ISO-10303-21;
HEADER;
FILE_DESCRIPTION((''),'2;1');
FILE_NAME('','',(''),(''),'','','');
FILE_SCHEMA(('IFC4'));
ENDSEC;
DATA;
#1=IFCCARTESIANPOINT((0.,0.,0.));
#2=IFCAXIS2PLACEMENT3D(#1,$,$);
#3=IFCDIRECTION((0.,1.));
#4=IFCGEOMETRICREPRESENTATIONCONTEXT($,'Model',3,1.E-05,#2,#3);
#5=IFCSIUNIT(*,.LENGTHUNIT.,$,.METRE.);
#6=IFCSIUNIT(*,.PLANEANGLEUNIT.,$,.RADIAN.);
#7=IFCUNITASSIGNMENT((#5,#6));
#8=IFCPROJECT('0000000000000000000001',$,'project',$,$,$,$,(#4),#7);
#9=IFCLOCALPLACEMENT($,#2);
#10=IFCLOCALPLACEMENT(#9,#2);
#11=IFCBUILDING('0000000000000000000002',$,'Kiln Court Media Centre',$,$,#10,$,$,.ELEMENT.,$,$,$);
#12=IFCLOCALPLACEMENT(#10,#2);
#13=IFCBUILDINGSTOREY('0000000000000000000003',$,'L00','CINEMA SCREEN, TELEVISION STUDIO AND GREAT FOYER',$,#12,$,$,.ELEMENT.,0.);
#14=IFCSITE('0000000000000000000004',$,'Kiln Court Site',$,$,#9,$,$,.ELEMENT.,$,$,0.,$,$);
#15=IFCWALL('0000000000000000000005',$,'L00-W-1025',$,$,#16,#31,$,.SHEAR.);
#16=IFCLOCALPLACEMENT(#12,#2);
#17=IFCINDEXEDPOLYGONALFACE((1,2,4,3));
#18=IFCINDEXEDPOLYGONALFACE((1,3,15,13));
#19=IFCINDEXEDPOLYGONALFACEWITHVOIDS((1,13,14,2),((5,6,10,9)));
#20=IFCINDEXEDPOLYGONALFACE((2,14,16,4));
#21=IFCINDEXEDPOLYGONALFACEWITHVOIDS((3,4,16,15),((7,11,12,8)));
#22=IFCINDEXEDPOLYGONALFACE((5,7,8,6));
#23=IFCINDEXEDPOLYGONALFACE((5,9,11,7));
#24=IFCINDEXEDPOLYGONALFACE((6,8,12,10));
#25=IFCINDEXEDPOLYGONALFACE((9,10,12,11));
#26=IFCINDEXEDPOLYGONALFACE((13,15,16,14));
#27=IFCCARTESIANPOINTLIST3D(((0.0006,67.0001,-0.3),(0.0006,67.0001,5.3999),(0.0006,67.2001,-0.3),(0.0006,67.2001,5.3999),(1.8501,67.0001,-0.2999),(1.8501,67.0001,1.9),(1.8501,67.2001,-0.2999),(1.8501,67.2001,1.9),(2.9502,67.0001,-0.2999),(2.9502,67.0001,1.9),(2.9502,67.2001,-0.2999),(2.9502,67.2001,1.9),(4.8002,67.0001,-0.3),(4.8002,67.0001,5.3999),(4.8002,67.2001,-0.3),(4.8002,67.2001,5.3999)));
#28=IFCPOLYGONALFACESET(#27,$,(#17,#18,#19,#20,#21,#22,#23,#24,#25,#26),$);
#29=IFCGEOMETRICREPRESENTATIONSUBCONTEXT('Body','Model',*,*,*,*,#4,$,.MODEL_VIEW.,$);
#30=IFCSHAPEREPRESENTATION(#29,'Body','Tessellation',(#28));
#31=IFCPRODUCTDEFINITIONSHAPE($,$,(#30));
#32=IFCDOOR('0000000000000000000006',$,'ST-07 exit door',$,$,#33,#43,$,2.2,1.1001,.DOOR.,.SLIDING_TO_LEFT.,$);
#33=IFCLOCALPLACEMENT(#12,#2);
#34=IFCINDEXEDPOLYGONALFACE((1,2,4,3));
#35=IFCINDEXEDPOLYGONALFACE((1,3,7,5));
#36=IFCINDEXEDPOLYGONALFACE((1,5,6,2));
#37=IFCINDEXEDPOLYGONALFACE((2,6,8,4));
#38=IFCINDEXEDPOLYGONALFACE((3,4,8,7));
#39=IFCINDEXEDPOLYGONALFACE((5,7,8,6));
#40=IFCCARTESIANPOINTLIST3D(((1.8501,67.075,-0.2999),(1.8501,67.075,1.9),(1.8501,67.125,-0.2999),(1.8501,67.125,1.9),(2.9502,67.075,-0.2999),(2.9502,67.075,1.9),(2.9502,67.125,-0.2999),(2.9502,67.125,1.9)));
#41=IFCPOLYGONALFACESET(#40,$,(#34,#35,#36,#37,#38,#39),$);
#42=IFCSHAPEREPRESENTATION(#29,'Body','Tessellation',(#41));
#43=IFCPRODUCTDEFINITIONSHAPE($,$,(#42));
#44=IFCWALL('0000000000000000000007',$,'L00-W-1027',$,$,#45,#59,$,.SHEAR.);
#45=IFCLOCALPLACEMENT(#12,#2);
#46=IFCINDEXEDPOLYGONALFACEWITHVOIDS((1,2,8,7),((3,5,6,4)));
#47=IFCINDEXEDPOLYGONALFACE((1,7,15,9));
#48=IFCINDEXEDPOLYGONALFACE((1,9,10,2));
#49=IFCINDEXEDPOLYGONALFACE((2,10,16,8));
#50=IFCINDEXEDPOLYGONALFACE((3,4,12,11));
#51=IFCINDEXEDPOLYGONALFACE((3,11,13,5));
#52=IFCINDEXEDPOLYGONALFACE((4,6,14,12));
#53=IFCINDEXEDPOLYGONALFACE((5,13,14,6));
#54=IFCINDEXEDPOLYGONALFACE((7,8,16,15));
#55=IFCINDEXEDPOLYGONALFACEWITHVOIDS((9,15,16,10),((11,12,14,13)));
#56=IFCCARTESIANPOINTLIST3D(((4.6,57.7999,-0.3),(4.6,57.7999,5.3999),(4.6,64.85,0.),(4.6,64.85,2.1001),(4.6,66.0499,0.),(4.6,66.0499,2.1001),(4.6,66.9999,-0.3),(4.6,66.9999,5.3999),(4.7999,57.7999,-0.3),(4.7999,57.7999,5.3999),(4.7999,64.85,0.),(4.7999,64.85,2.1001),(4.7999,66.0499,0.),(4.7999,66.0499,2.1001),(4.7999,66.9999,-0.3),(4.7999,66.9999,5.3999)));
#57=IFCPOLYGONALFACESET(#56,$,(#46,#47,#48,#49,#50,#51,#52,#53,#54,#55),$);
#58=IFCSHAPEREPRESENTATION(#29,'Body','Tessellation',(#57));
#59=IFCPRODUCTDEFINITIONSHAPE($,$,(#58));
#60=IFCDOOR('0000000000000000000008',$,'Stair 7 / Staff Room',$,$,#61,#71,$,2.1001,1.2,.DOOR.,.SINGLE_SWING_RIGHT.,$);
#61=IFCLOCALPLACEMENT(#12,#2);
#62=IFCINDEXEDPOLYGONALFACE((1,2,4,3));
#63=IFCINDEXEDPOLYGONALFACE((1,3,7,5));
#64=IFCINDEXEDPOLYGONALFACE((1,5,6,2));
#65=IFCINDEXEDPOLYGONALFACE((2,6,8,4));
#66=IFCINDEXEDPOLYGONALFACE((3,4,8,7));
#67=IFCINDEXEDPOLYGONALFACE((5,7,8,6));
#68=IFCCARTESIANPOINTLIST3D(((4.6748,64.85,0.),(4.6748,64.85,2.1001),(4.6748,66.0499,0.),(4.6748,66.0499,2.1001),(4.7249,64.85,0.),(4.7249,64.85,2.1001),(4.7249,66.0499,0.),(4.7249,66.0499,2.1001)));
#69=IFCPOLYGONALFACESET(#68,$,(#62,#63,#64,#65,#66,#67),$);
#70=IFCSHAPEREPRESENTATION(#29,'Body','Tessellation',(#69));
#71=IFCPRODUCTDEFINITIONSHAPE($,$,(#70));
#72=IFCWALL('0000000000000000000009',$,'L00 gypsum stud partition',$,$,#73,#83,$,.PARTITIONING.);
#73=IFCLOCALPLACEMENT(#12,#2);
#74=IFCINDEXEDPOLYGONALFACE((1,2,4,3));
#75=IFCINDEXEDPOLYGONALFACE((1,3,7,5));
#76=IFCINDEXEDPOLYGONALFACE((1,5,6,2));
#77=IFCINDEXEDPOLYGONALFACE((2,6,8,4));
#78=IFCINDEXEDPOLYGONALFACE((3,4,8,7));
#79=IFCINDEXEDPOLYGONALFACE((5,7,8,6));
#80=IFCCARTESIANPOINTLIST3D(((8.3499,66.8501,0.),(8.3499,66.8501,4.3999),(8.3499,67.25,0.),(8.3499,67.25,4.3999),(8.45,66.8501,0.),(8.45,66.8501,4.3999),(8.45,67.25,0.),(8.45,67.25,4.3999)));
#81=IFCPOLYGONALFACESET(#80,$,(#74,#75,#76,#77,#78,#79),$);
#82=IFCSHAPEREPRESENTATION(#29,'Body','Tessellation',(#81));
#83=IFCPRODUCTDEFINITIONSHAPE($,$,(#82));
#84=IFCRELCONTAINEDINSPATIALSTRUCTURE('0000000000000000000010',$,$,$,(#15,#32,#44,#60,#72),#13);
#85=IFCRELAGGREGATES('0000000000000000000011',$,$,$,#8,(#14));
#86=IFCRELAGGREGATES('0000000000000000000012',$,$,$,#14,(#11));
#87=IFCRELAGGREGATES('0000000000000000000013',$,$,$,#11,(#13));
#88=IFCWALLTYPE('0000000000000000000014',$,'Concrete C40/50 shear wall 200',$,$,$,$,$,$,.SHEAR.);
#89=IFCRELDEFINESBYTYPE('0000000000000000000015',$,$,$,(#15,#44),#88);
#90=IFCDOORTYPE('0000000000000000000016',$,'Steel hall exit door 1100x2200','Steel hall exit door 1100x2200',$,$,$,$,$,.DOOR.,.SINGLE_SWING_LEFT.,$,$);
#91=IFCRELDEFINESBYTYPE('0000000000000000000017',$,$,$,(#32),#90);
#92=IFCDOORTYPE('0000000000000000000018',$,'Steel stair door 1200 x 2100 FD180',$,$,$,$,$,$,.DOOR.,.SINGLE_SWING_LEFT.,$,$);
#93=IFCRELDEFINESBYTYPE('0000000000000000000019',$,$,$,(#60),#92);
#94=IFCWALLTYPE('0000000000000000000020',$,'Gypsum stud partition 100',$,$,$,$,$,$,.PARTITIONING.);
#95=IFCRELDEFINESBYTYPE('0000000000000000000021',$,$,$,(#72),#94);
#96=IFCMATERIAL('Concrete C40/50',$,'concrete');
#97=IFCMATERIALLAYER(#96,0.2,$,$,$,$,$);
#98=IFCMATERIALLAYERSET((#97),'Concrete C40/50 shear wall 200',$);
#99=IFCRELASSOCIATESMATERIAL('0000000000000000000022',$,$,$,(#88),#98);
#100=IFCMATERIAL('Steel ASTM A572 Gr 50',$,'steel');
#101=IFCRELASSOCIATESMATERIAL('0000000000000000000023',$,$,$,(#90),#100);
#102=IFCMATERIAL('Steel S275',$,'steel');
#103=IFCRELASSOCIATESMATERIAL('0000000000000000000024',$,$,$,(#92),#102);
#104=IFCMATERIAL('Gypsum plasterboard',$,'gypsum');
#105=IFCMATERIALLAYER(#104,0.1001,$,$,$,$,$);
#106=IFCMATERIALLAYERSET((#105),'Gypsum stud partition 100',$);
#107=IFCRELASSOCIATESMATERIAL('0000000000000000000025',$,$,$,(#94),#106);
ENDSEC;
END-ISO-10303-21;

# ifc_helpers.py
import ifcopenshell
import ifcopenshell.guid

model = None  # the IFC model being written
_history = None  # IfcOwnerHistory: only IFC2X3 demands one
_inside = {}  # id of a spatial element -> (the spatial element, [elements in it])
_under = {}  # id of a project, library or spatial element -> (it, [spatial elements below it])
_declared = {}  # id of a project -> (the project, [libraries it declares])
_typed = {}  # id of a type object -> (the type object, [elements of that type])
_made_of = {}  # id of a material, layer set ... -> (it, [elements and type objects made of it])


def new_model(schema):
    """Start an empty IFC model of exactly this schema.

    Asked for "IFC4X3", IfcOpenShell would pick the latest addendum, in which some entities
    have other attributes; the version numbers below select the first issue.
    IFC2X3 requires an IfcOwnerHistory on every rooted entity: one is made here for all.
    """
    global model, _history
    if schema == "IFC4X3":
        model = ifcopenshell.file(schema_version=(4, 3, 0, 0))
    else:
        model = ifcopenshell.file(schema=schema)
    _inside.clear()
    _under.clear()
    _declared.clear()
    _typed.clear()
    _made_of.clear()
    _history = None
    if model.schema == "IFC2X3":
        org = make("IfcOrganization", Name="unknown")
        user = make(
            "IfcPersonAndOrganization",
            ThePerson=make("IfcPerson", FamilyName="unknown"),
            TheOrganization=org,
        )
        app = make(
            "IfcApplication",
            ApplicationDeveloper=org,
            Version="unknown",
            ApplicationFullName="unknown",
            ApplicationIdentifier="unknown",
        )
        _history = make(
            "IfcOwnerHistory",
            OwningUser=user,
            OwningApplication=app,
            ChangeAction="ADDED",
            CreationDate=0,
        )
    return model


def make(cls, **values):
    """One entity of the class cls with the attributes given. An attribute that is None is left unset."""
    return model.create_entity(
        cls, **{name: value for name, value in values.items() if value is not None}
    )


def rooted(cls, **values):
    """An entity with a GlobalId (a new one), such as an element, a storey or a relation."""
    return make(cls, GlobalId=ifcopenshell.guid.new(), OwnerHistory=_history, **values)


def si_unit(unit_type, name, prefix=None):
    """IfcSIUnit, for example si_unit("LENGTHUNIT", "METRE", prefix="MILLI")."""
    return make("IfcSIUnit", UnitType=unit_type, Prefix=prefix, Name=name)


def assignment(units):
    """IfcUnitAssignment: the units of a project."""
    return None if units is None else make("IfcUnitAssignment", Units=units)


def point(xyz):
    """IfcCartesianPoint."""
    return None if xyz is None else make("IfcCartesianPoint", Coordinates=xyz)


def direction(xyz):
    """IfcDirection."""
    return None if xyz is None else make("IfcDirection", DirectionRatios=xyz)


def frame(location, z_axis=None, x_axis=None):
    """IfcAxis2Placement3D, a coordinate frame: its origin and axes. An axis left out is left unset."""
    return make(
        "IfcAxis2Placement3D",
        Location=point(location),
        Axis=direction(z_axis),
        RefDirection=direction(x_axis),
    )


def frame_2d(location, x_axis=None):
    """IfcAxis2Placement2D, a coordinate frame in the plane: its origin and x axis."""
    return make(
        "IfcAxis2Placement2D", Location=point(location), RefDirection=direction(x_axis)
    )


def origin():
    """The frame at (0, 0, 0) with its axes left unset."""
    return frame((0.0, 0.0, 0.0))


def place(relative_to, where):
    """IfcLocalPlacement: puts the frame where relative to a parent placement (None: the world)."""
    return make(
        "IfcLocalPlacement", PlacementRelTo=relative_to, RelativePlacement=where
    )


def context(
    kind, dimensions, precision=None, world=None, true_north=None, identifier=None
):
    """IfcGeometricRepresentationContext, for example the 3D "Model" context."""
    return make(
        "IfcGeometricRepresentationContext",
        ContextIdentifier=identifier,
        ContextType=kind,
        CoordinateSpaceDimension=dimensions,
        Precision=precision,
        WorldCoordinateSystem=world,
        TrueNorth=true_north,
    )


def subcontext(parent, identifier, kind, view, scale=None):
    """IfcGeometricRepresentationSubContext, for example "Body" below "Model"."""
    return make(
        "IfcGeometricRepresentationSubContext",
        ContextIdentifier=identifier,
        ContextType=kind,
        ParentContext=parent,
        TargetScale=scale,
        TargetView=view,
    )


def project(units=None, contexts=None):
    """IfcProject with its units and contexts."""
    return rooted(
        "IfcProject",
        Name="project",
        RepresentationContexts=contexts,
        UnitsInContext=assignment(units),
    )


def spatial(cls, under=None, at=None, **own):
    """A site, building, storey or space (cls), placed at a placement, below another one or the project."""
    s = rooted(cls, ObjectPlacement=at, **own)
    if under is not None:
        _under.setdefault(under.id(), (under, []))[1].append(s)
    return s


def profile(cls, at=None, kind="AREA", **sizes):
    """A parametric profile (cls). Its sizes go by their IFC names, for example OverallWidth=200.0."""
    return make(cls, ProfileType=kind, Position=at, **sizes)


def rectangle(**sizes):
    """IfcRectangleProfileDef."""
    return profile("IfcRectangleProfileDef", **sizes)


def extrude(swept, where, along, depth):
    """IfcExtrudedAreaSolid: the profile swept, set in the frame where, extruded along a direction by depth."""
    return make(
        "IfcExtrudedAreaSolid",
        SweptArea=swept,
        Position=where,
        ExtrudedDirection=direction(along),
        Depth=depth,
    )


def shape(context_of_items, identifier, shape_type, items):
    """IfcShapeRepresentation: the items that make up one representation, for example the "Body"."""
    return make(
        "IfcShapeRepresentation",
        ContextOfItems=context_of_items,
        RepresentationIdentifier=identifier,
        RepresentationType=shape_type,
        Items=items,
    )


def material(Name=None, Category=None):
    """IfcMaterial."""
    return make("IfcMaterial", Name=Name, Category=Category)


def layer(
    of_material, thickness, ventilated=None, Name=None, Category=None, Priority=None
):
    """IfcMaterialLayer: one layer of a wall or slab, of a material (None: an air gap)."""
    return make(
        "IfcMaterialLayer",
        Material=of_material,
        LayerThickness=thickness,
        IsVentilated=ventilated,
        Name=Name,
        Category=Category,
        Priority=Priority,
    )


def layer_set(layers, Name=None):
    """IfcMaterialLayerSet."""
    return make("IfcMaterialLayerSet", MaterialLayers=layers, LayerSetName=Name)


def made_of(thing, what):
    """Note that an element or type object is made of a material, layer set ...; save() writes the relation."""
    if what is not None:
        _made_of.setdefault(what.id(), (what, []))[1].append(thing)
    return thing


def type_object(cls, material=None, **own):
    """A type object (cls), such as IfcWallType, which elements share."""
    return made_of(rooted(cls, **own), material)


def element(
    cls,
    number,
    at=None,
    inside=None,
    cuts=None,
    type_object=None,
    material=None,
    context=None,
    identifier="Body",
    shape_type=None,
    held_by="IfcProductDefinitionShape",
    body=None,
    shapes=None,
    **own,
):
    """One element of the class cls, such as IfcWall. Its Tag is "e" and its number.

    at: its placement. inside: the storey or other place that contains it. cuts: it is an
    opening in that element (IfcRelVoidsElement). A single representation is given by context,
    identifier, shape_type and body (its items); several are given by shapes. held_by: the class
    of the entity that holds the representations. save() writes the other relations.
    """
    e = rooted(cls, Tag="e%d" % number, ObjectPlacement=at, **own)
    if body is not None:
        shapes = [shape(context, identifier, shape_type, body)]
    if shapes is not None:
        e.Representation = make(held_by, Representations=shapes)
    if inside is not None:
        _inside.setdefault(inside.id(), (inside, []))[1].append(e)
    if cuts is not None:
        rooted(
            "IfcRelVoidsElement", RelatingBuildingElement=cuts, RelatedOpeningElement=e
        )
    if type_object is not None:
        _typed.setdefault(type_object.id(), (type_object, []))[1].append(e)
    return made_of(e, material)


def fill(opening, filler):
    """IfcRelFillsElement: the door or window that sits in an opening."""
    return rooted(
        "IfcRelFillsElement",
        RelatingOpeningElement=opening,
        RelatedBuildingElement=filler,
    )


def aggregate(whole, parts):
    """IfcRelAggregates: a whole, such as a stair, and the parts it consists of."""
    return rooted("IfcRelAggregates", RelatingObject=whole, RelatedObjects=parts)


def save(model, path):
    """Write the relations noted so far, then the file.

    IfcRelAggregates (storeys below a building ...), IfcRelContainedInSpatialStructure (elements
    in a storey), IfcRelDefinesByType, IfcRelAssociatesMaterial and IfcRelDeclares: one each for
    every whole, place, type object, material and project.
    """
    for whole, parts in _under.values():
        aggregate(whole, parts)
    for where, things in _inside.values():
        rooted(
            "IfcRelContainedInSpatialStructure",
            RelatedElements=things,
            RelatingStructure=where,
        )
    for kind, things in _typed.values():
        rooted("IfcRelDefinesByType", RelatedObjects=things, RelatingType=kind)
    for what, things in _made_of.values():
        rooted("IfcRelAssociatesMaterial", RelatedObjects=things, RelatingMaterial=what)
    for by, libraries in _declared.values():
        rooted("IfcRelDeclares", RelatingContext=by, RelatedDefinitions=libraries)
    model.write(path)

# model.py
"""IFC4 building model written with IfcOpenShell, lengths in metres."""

from ifc_helpers import new_model, si_unit, direction, frame, frame_2d, origin, place, context, subcontext, project, spatial, rectangle, extrude, material, layer, layer_set, type_object, element, fill, save


model = new_model("IFC4")

# Units and contexts
model_context = context("Model", 3, precision=1e-05, world=origin(), true_north=direction((0.0, 1.0)))
body_context = subcontext(model_context, "Body", "Model", "MODEL_VIEW")
ifc_project = project(units=[si_unit("LENGTHUNIT", "METRE"), si_unit("PLANEANGLEUNIT", "RADIAN")], contexts=[model_context])

# Site, building, storey
site_placement = place(None, origin())
site = spatial("IfcSite", under=ifc_project, at=site_placement, Name="Kiln Court Site", CompositionType="ELEMENT", RefElevation=0.0)
building_placement = place(site_placement, origin())
building = spatial("IfcBuilding", under=site, at=building_placement, Name="Kiln Court Media Centre", CompositionType="ELEMENT")
storey_placement = place(building_placement, origin())
storey = spatial("IfcBuildingStorey", under=building, at=storey_placement, Name="L00", Description="CINEMA SCREEN, TELEVISION STUDIO AND GREAT FOYER", CompositionType="ELEMENT", Elevation=0.0)

# Walls, openings, doors
ifc_material_1 = material(Name="Concrete C40/50", Category="concrete")
ifc_layer_1 = layer(ifc_material_1, 0.2)
ifc_layer_set_1 = layer_set([ifc_layer_1], Name="Concrete C40/50 shear wall 200")
wall_type_1 = type_object("IfcWallType", Name="Concrete C40/50 shear wall 200", PredefinedType="SHEAR", material=ifc_layer_set_1)
wall_1_placement = place(storey_placement, frame((0.0005, 67.1001, -0.3), z_axis=(0.0, 0.0, 1.0), x_axis=(1.0, 0.0, 0.0)))
wall_1 = element("IfcWall", 1, at=wall_1_placement, inside=storey, type_object=wall_type_1, Name="L00-W-1025", PredefinedType="SHEAR", context=body_context, shape_type="SweptSolid", body=[
    extrude(rectangle(XDim=4.7996, YDim=0.2, at=frame_2d((2.3999, 0.0))), origin(), (0.0, 0.0, 1.0), 5.7),
])
opening_1_placement = place(wall_1_placement, frame((1.8496, 0.0, 0.0)))
opening_1 = element("IfcOpeningElement", 2, at=opening_1_placement, cuts=wall_1, PredefinedType="OPENING", context=body_context, shape_type="SweptSolid", body=[
    extrude(rectangle(XDim=1.1001, YDim=2.2, at=frame_2d((0.55, 1.1001))), frame((0.0, 0.1099, 0.0), z_axis=(0.0, -1.0, 0.0), x_axis=(1.0, 0.0, 0.0)), (0.0, 0.0, 1.0), 0.22),
])
ifc_material_2 = material(Name="Steel ASTM A572 Gr 50", Category="steel")
door_type_1 = type_object("IfcDoorType", Name="Steel hall exit door 1100x2200", Description="Steel hall exit door 1100x2200", OperationType="SINGLE_SWING_LEFT", PredefinedType="DOOR", material=ifc_material_2)
door_1_placement = place(opening_1_placement, origin())
door_1 = element("IfcDoor", 3, at=door_1_placement, inside=storey, type_object=door_type_1, Name="ST-07 exit door", OperationType="SLIDING_TO_LEFT", OverallHeight=2.2, OverallWidth=1.1001, PredefinedType="DOOR", context=body_context, shape_type="SweptSolid", body=[
    extrude(rectangle(XDim=1.1001, YDim=2.2, at=frame_2d((0.55, 1.1001))), frame((0.0, 0.0249, 0.0), z_axis=(0.0, -1.0, 0.0), x_axis=(1.0, 0.0, 0.0)), (0.0, 0.0, 1.0), 0.05),
])
fill(opening_1, door_1)
wall_2_placement = place(storey_placement, frame((4.7, 67.0, -0.3), z_axis=(0.0, 0.0, 1.0), x_axis=(0.0, -1.0, 0.0)))
wall_2 = element("IfcWall", 4, at=wall_2_placement, inside=storey, type_object=wall_type_1, Name="L00-W-1027", PredefinedType="SHEAR", context=body_context, shape_type="SweptSolid", body=[
    extrude(rectangle(XDim=9.2, YDim=0.2, at=frame_2d((4.6001, 0.0))), origin(), (0.0, 0.0, 1.0), 5.7),
])
opening_2_placement = place(wall_2_placement, frame((0.95, 0.0, 0.3)))
opening_2 = element("IfcOpeningElement", 5, at=opening_2_placement, cuts=wall_2, PredefinedType="OPENING", context=body_context, shape_type="SweptSolid", body=[
    extrude(rectangle(XDim=1.2, YDim=2.1001, at=frame_2d((0.6001, 1.05))), frame((0.0, 0.1099, 0.0), z_axis=(0.0, -1.0, 0.0), x_axis=(1.0, 0.0, 0.0)), (0.0, 0.0, 1.0), 0.22),
])
ifc_material_3 = material(Name="Steel S275", Category="steel")
door_type_2 = type_object("IfcDoorType", Name="Steel stair door 1200 x 2100 FD180", OperationType="SINGLE_SWING_LEFT", PredefinedType="DOOR", material=ifc_material_3)
door_2_placement = place(opening_2_placement, origin())
door_2 = element("IfcDoor", 6, at=door_2_placement, inside=storey, type_object=door_type_2, Name="Stair 7 / Staff Room", OperationType="SINGLE_SWING_RIGHT", OverallHeight=2.1001, OverallWidth=1.2, PredefinedType="DOOR", context=body_context, shape_type="SweptSolid", body=[
    extrude(rectangle(XDim=1.2, YDim=2.1001, at=frame_2d((0.6001, 1.05))), frame((0.0, 0.0249, 0.0), z_axis=(0.0, -1.0, 0.0), x_axis=(1.0, 0.0, 0.0)), (0.0, 0.0, 1.0), 0.05),
])
fill(opening_2, door_2)

# Wall
ifc_material_4 = material(Name="Gypsum plasterboard", Category="gypsum")
ifc_layer_2 = layer(ifc_material_4, 0.1001)
ifc_layer_set_2 = layer_set([ifc_layer_2], Name="Gypsum stud partition 100")
wall_type_2 = type_object("IfcWallType", Name="Gypsum stud partition 100", PredefinedType="PARTITIONING", material=ifc_layer_set_2)
wall_3_placement = place(storey_placement, frame((8.3999, 66.8501, 0.0), z_axis=(0.0, 0.0, 1.0), x_axis=(0.0, 1.0, 0.0)))
element("IfcWall", 7, at=wall_3_placement, inside=storey, type_object=wall_type_2, Name="L00 gypsum stud partition", PredefinedType="PARTITIONING", context=body_context, shape_type="SweptSolid", body=[
    extrude(rectangle(XDim=0.3999, YDim=0.1001, at=frame_2d((0.2, 0.0))), origin(), (0.0, 0.0, 1.0), 4.3999),
])

save(model, "model.ifc")
